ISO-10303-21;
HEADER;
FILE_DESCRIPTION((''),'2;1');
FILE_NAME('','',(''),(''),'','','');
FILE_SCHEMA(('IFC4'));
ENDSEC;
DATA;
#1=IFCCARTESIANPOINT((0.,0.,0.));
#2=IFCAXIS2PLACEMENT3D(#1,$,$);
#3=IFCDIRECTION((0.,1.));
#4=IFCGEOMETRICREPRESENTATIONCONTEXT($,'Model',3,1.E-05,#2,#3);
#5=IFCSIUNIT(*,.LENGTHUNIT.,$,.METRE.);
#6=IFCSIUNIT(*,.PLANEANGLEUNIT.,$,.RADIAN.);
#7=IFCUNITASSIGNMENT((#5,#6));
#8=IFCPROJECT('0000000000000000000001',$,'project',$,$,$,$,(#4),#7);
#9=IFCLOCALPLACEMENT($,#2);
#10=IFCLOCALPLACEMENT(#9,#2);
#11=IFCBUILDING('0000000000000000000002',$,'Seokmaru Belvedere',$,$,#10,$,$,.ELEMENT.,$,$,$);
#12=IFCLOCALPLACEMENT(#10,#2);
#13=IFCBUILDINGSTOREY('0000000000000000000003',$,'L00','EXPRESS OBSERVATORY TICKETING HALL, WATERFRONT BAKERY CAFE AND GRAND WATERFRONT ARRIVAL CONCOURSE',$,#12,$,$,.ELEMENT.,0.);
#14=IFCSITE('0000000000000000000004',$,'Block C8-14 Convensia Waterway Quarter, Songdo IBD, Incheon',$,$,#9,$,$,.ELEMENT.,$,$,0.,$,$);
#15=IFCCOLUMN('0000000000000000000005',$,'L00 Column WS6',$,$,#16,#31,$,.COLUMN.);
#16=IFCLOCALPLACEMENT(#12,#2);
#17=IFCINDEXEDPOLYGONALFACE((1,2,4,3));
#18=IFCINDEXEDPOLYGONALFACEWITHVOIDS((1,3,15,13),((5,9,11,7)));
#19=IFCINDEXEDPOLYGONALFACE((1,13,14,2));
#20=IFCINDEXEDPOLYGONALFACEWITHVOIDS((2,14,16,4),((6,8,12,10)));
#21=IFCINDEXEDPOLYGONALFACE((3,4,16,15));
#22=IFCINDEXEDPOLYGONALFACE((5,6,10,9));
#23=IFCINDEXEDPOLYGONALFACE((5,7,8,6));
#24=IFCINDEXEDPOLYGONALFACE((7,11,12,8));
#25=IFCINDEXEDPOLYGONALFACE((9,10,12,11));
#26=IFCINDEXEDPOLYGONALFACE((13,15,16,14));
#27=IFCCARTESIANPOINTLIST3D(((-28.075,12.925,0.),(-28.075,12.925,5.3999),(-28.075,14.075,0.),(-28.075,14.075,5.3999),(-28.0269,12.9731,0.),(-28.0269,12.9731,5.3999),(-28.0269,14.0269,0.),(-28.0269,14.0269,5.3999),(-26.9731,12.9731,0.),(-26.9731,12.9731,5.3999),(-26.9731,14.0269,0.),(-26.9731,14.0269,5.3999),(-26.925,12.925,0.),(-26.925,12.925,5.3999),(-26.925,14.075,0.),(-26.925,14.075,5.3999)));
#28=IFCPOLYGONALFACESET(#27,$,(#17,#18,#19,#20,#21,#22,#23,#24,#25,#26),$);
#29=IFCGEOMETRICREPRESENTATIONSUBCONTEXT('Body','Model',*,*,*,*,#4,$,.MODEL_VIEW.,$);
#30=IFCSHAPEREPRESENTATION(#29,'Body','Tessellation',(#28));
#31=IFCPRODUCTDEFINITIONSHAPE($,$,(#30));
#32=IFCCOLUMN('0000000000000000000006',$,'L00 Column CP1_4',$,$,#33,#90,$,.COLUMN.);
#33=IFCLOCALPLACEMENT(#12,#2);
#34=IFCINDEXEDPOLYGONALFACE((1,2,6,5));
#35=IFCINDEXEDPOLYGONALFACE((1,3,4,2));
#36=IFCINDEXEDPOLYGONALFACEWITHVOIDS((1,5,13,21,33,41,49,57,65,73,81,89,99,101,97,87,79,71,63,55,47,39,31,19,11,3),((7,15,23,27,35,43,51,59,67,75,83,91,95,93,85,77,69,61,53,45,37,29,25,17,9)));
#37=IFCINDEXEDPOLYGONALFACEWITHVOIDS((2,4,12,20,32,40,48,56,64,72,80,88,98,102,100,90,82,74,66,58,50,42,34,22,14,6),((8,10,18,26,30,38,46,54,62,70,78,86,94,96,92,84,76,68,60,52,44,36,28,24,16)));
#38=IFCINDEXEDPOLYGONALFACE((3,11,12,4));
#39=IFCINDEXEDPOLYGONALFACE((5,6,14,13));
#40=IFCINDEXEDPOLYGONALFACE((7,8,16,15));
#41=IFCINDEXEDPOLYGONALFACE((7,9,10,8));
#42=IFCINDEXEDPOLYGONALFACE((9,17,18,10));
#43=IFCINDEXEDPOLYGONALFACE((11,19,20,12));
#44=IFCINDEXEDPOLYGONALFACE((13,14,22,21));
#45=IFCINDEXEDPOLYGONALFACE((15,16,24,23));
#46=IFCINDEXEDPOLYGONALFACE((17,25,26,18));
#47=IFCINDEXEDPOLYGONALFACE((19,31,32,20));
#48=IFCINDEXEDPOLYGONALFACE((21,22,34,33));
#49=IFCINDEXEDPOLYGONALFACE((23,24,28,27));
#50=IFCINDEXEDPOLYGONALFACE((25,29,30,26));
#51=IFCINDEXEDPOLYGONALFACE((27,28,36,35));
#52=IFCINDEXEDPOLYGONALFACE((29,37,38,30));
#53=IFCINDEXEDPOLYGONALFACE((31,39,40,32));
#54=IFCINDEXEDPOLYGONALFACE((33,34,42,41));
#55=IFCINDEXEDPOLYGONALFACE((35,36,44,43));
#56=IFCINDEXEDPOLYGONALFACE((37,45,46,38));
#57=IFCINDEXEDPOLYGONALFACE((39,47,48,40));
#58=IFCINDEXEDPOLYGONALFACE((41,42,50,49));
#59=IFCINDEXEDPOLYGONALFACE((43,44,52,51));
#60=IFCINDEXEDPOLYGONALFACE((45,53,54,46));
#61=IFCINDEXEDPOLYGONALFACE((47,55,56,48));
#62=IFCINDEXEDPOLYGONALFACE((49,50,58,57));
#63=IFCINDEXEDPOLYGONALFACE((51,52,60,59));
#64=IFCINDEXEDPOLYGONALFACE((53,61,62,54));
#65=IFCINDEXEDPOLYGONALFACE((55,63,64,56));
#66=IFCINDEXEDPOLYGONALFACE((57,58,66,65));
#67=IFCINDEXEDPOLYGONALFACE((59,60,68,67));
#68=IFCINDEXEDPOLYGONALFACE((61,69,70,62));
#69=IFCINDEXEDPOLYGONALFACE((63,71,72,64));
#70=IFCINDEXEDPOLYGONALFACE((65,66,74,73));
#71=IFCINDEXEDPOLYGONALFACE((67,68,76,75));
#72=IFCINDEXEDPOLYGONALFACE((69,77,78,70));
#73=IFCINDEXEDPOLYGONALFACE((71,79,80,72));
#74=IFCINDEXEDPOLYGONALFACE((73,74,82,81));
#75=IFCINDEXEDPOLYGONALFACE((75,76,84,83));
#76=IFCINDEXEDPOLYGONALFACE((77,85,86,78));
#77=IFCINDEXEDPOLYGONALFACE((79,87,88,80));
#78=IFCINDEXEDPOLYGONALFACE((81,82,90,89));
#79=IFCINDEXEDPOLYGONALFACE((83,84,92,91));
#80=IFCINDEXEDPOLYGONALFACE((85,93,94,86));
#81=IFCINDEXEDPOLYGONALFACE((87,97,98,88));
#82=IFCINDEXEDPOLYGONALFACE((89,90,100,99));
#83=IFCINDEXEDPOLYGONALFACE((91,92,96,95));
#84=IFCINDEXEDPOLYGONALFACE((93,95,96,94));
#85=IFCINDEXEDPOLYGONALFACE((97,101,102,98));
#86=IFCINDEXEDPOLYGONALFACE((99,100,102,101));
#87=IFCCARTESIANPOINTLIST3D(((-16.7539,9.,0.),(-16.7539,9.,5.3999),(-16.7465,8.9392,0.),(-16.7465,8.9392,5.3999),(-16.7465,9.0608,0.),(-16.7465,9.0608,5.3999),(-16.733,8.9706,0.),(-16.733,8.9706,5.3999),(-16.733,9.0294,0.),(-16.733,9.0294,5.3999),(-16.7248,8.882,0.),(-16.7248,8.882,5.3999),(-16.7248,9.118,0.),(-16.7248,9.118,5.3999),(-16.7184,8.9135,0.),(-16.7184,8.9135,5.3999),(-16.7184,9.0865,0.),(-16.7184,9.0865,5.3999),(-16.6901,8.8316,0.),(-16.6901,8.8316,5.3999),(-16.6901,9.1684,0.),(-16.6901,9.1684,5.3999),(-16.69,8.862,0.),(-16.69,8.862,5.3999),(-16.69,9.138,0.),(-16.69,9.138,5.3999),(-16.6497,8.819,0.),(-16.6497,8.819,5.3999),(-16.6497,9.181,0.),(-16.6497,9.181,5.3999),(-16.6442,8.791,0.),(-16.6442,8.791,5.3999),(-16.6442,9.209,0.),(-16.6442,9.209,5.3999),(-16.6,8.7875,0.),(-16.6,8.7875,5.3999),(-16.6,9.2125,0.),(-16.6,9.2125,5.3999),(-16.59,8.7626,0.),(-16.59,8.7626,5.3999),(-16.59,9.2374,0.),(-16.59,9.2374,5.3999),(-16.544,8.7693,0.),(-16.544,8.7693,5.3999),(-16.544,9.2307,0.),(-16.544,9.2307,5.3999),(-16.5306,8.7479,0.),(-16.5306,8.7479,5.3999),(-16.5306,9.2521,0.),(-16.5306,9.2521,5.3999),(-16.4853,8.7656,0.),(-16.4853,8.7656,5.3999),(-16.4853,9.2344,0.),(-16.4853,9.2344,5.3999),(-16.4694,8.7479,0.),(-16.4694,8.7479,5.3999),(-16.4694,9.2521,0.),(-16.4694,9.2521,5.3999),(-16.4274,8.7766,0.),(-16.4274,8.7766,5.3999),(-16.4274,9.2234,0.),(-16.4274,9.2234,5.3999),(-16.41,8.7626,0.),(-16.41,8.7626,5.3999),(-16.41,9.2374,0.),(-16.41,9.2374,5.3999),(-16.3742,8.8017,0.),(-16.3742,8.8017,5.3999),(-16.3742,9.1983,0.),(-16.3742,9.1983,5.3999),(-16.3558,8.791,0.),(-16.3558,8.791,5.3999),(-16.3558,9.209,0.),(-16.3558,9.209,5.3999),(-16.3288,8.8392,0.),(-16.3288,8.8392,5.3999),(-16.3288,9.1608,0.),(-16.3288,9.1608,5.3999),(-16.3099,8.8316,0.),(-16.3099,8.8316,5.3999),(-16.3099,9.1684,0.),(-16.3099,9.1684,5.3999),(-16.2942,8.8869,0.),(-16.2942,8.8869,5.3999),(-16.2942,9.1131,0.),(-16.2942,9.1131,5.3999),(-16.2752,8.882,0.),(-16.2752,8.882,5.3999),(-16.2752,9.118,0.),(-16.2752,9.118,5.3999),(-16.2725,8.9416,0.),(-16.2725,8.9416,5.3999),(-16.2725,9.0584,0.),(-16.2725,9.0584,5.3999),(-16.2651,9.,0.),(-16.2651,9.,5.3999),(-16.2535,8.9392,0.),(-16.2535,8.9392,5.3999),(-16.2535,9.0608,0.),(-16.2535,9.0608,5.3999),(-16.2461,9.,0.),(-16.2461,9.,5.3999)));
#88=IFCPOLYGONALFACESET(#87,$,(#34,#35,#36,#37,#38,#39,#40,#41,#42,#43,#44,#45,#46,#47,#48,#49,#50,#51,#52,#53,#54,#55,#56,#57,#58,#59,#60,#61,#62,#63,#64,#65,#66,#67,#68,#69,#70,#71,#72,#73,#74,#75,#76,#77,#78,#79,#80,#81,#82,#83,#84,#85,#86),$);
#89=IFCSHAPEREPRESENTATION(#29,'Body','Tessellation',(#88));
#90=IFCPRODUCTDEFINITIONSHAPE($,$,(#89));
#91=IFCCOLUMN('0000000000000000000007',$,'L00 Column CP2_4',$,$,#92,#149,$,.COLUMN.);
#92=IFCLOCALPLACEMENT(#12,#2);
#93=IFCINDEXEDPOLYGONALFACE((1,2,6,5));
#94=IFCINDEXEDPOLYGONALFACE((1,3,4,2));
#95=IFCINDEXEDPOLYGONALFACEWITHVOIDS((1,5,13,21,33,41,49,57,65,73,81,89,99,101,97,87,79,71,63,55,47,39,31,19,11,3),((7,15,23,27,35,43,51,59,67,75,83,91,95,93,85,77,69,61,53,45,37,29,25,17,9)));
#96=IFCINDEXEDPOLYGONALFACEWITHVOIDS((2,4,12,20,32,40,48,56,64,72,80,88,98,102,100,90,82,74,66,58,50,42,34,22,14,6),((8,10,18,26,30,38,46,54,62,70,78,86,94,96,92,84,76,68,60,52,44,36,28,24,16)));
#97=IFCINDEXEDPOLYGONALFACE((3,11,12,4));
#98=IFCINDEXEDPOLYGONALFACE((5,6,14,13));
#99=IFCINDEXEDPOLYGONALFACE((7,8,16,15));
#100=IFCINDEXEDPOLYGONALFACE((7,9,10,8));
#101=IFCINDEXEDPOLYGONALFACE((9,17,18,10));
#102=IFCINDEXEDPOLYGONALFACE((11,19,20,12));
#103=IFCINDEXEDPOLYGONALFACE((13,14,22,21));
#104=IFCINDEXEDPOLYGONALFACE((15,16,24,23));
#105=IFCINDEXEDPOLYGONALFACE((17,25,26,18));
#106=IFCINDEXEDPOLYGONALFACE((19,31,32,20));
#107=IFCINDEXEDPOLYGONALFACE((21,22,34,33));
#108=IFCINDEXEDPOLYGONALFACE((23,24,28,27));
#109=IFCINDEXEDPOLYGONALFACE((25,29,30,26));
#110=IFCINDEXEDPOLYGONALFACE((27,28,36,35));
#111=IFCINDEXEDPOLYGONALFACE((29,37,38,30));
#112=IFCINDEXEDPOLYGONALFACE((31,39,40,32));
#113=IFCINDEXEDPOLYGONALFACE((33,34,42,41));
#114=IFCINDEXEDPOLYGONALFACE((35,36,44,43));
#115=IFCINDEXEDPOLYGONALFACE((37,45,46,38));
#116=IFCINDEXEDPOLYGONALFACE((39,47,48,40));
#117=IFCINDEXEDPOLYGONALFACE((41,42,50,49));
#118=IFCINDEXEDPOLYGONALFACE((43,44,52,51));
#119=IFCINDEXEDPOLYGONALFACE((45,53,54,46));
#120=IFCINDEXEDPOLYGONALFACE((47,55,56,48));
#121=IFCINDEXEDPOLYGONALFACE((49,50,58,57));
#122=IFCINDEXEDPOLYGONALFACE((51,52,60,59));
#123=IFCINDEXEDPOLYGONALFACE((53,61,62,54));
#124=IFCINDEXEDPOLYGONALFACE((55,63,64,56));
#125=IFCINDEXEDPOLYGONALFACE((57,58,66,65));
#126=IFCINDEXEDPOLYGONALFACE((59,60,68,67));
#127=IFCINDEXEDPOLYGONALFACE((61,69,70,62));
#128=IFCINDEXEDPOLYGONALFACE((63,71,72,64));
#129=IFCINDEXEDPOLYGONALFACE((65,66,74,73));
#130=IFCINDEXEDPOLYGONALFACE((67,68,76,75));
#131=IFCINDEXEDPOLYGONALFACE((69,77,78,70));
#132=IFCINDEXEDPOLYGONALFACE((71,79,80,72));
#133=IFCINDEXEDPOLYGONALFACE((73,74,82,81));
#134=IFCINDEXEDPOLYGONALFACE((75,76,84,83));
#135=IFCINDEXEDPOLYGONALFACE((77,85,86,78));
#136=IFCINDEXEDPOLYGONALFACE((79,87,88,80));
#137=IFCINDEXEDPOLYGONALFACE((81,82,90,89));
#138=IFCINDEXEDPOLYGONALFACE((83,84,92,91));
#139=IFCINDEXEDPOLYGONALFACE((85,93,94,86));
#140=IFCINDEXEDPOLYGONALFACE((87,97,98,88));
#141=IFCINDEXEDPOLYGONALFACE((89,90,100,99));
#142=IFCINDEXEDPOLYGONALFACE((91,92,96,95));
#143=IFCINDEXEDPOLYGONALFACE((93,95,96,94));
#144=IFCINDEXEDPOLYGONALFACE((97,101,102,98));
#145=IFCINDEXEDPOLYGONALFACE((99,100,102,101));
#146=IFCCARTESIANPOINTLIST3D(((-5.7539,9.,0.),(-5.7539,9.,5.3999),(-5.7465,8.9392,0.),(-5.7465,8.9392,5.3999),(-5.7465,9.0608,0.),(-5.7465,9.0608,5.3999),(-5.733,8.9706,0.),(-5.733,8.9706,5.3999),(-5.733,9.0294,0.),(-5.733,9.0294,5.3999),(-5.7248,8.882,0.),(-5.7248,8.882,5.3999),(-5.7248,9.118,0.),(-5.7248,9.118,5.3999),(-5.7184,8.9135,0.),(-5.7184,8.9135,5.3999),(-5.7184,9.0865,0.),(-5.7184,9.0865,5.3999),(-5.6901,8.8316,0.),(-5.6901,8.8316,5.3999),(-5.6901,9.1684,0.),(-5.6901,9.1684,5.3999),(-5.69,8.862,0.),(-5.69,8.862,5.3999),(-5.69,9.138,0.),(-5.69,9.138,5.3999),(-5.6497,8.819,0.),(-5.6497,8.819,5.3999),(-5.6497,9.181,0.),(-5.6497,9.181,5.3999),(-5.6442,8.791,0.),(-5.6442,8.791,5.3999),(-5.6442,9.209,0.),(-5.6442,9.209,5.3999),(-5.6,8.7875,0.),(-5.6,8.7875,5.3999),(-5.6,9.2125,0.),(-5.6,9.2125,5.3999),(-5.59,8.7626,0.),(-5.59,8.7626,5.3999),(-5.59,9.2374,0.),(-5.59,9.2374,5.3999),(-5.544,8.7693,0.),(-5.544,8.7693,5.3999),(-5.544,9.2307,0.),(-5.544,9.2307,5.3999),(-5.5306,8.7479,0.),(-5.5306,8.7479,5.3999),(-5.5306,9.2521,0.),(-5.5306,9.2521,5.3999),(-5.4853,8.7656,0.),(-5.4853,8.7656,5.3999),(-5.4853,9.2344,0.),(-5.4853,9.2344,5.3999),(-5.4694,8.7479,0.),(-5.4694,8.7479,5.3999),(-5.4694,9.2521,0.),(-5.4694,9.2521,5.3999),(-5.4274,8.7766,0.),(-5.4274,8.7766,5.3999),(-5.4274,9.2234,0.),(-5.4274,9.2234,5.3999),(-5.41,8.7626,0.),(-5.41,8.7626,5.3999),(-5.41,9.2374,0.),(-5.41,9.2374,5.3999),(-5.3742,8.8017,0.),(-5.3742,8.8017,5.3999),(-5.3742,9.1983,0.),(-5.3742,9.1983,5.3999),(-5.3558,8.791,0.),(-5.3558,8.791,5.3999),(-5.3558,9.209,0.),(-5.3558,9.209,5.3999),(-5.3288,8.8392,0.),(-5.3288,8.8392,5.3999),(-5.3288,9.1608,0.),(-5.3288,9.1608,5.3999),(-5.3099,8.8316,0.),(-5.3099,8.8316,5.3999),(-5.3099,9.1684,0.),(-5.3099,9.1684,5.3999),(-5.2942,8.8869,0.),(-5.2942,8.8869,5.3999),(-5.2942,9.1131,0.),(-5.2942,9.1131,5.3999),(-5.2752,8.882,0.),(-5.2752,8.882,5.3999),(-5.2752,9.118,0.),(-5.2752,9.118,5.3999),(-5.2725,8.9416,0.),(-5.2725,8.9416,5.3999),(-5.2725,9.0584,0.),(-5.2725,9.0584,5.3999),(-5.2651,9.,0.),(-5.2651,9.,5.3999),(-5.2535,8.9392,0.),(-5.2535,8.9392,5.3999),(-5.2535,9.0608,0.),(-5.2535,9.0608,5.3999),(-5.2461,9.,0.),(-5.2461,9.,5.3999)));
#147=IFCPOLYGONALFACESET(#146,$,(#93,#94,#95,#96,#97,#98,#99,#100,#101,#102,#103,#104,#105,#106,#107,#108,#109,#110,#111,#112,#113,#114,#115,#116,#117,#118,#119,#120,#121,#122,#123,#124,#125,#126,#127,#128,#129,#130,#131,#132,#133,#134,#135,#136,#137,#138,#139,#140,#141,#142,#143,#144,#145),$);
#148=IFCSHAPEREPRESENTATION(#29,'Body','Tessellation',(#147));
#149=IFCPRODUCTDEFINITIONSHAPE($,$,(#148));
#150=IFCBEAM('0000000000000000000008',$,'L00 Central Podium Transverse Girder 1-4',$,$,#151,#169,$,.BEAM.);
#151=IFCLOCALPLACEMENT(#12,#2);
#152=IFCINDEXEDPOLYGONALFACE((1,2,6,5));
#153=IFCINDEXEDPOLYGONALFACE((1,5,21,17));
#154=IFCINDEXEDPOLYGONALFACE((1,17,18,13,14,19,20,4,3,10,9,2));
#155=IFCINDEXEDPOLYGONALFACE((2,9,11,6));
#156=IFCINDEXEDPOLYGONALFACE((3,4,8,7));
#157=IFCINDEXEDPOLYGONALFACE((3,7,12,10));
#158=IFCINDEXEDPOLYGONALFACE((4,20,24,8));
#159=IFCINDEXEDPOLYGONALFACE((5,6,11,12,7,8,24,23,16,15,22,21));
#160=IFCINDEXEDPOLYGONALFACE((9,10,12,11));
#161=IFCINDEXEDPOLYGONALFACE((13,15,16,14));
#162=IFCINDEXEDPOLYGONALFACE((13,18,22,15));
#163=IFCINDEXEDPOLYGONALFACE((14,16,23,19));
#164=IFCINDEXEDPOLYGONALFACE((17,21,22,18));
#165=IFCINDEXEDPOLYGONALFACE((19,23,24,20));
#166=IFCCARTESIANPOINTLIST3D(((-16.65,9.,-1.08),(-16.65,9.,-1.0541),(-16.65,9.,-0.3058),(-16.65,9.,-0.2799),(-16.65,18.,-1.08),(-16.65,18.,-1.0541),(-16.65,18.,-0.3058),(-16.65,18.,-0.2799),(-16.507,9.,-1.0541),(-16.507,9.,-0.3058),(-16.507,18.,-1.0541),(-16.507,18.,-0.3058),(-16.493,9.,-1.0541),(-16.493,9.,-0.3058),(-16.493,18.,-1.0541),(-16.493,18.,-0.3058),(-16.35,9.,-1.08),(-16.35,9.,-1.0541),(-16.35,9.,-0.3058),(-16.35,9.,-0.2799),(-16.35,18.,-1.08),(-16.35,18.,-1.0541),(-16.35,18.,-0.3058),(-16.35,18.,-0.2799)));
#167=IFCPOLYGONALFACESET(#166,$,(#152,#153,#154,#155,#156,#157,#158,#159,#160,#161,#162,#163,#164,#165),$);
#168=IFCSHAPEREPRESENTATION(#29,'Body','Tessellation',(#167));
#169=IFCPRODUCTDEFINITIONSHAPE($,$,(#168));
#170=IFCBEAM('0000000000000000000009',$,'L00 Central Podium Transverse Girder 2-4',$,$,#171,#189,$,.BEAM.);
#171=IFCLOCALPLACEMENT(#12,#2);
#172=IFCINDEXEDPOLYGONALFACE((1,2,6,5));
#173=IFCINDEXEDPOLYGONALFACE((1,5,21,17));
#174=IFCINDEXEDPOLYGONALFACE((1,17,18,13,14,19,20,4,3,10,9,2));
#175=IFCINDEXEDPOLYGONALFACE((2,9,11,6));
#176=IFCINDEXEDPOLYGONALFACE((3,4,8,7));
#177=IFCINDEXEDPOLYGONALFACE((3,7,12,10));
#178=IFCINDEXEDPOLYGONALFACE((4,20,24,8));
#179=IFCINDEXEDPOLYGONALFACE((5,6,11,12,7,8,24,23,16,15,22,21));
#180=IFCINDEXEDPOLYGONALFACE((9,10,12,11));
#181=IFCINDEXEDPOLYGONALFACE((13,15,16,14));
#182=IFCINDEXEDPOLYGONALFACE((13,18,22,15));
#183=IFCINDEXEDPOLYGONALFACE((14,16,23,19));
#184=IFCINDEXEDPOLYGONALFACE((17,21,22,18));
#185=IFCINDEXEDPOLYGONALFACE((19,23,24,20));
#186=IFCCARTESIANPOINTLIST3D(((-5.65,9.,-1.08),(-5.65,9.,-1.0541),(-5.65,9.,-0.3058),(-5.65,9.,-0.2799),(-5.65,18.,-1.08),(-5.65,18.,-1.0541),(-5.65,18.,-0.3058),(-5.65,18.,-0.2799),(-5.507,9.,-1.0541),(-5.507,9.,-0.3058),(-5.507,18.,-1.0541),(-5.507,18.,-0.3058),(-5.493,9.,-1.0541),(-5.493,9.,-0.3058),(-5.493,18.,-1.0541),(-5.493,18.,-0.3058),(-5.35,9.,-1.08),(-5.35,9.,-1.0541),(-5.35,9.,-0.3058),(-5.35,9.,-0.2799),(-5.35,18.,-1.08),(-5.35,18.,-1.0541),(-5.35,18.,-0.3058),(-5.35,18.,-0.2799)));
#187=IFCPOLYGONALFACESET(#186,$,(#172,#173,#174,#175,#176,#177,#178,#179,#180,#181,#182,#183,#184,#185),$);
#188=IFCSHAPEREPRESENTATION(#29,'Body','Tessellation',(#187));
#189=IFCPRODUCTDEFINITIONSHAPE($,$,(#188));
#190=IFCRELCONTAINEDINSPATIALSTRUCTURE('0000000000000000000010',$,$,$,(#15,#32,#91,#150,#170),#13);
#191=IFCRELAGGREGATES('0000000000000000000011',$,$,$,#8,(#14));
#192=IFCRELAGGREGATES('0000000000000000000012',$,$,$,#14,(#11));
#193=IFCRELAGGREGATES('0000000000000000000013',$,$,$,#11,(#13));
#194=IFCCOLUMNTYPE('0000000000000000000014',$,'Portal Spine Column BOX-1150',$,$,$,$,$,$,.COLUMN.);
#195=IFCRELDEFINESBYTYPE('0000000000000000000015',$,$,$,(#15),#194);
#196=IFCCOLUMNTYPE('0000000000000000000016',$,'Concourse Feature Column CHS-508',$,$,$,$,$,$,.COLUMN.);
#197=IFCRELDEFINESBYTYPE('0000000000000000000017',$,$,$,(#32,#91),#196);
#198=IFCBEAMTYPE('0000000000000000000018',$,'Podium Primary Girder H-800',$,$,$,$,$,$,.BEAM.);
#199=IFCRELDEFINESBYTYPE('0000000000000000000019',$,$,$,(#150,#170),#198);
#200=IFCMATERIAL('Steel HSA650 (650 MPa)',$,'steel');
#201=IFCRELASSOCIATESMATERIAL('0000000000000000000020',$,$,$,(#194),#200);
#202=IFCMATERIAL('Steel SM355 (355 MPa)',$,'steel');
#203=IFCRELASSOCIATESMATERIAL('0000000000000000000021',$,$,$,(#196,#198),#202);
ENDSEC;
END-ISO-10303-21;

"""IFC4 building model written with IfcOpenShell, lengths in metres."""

from ifc_helpers import new_model, si_unit, direction, frame, origin, origin_2d, place, context, subcontext, project, spatial, hollow_rectangle, hollow_circle, i_section, extrude, source, transform, mapped, material, material_profile, profile_set, type_object, type_shapes, element, save


model = new_model("IFC4")

# Units and contexts
model_context = context("Model", 3, precision=1e-05, world=origin(), true_north=direction((0.0, 1.0)))
body_context = subcontext(model_context, "Body", "Model", "MODEL_VIEW")
ifc_project = project(units=[si_unit("LENGTHUNIT", "METRE"), si_unit("PLANEANGLEUNIT", "RADIAN")], contexts=[model_context])

# Site, building, storey
site_placement = place(None, origin())
site = spatial("IfcSite", under=ifc_project, at=site_placement, Name="Block C8-14 Convensia Waterway Quarter, Songdo IBD, Incheon", CompositionType="ELEMENT", RefElevation=0.0)
building_placement = place(site_placement, origin())
building = spatial("IfcBuilding", under=site, at=building_placement, Name="Seokmaru Belvedere", CompositionType="ELEMENT")
storey_placement = place(building_placement, origin())
storey = spatial("IfcBuildingStorey", under=building, at=storey_placement, Name="L00", Description="EXPRESS OBSERVATORY TICKETING HALL, WATERFRONT BAKERY CAFE AND GRAND WATERFRONT ARRIVAL CONCOURSE", CompositionType="ELEMENT", Elevation=0.0)

# Columns
ifc_material_1 = material(Name="Steel HSA650 (650 MPa)", Category="steel")
ifc_material_profile_1 = material_profile(ifc_material_1, hollow_rectangle(XDim=1.1499, YDim=1.1499, WallThickness=0.0481, at=origin_2d()), Name="BOX-1150x1150x48")
ifc_profile_set_1 = profile_set([ifc_material_profile_1], Name="Steel HSA650 (650 MPa)")
column_type_1 = type_object("IfcColumnType", Name="Portal Spine Column BOX-1150", PredefinedType="COLUMN", material=ifc_profile_set_1)
shared_shape_1 = source(origin(), body_context, "Body", "SweptSolid", [
    extrude(hollow_rectangle(XDim=1.1499, YDim=1.1499, WallThickness=0.0481, at=origin_2d()), origin(), (0.0, 0.0, 1.0), 5.3999),
])
type_shapes(column_type_1, [shared_shape_1])
column_placement = place(storey_placement, frame((-27.5, 13.5, 0.0), z_axis=(0.0, 0.0, 1.0), x_axis=(1.0, 0.0, 0.0)))
element("IfcColumn", 1, at=column_placement, inside=storey, type_object=column_type_1, Name="L00 Column WS6", PredefinedType="COLUMN", context=body_context, shape_type="MappedRepresentation", body=[
    mapped(shared_shape_1, transform((0.0, 0.0, 0.0), scale=1.0)),
])
ifc_material_2 = material(Name="Steel SM355 (355 MPa)", Category="steel")
ifc_material_profile_2 = material_profile(ifc_material_2, hollow_circle(Radius=0.2539, WallThickness=0.019, at=origin_2d()), Name="CHS-508.0x19.0")
ifc_profile_set_2 = profile_set([ifc_material_profile_2], Name="Steel SM355 (355 MPa)")
column_type_2 = type_object("IfcColumnType", Name="Concourse Feature Column CHS-508", PredefinedType="COLUMN", material=ifc_profile_set_2)
shared_shape_2 = source(origin(), body_context, "Body", "SweptSolid", [
    extrude(hollow_circle(Radius=0.2539, WallThickness=0.019, at=origin_2d()), origin(), (0.0, 0.0, 1.0), 5.3999),
])
type_shapes(column_type_2, [shared_shape_2])
for number, where, z_axis, x_axis, name in (
    (2, (-16.5, 9.0, 0.0), (0.0, 0.0, 1.0), (1.0, 0.0, 0.0), "L00 Column CP1_4"),
    (3, (-5.5, 9.0, 0.0), (0.0, 0.0, 1.0), (1.0, 0.0, 0.0), "L00 Column CP2_4"),
):
    element("IfcColumn", number, at=place(storey_placement, frame(where, z_axis=z_axis, x_axis=x_axis)), inside=storey, type_object=column_type_2, Name=name, PredefinedType="COLUMN", context=body_context, shape_type="MappedRepresentation", body=[
        mapped(shared_shape_2, transform((0.0, 0.0, 0.0), scale=1.0)),
    ])

# Beams
ifc_material_profile_3 = material_profile(ifc_material_2, i_section(OverallWidth=0.3, OverallDepth=0.8, WebThickness=0.0139, FlangeThickness=0.0259, at=origin_2d()), Name="H-800x300x14x26")
ifc_profile_set_3 = profile_set([ifc_material_profile_3], Name="Steel SM355 (355 MPa)")
beam_type_1 = type_object("IfcBeamType", Name="Podium Primary Girder H-800", PredefinedType="BEAM", material=ifc_profile_set_3)
shared_shape_3 = source(origin(), body_context, "Body", "SweptSolid", [
    extrude(i_section(OverallWidth=0.3, OverallDepth=0.8, WebThickness=0.0139, FlangeThickness=0.0259, at=origin_2d()), origin(), (0.0, 0.0, 1.0), 9.0),
])
for number, where, z_axis, x_axis, name in (
    (4, (-16.5, 9.0, -0.6799), (0.0, 1.0, 0.0), (-1.0, 0.0, 0.0), "L00 Central Podium Transverse Girder 1-4"),
    (5, (-5.5, 9.0, -0.6799), (0.0, 1.0, 0.0), (-1.0, 0.0, 0.0), "L00 Central Podium Transverse Girder 2-4"),
):
    element("IfcBeam", number, at=place(storey_placement, frame(where, z_axis=z_axis, x_axis=x_axis)), inside=storey, type_object=beam_type_1, Name=name, PredefinedType="BEAM", context=body_context, shape_type="MappedRepresentation", body=[
        mapped(shared_shape_3, transform((0.0, 0.0, 0.0), scale=1.0)),
    ])

save(model, "model.ifc")
